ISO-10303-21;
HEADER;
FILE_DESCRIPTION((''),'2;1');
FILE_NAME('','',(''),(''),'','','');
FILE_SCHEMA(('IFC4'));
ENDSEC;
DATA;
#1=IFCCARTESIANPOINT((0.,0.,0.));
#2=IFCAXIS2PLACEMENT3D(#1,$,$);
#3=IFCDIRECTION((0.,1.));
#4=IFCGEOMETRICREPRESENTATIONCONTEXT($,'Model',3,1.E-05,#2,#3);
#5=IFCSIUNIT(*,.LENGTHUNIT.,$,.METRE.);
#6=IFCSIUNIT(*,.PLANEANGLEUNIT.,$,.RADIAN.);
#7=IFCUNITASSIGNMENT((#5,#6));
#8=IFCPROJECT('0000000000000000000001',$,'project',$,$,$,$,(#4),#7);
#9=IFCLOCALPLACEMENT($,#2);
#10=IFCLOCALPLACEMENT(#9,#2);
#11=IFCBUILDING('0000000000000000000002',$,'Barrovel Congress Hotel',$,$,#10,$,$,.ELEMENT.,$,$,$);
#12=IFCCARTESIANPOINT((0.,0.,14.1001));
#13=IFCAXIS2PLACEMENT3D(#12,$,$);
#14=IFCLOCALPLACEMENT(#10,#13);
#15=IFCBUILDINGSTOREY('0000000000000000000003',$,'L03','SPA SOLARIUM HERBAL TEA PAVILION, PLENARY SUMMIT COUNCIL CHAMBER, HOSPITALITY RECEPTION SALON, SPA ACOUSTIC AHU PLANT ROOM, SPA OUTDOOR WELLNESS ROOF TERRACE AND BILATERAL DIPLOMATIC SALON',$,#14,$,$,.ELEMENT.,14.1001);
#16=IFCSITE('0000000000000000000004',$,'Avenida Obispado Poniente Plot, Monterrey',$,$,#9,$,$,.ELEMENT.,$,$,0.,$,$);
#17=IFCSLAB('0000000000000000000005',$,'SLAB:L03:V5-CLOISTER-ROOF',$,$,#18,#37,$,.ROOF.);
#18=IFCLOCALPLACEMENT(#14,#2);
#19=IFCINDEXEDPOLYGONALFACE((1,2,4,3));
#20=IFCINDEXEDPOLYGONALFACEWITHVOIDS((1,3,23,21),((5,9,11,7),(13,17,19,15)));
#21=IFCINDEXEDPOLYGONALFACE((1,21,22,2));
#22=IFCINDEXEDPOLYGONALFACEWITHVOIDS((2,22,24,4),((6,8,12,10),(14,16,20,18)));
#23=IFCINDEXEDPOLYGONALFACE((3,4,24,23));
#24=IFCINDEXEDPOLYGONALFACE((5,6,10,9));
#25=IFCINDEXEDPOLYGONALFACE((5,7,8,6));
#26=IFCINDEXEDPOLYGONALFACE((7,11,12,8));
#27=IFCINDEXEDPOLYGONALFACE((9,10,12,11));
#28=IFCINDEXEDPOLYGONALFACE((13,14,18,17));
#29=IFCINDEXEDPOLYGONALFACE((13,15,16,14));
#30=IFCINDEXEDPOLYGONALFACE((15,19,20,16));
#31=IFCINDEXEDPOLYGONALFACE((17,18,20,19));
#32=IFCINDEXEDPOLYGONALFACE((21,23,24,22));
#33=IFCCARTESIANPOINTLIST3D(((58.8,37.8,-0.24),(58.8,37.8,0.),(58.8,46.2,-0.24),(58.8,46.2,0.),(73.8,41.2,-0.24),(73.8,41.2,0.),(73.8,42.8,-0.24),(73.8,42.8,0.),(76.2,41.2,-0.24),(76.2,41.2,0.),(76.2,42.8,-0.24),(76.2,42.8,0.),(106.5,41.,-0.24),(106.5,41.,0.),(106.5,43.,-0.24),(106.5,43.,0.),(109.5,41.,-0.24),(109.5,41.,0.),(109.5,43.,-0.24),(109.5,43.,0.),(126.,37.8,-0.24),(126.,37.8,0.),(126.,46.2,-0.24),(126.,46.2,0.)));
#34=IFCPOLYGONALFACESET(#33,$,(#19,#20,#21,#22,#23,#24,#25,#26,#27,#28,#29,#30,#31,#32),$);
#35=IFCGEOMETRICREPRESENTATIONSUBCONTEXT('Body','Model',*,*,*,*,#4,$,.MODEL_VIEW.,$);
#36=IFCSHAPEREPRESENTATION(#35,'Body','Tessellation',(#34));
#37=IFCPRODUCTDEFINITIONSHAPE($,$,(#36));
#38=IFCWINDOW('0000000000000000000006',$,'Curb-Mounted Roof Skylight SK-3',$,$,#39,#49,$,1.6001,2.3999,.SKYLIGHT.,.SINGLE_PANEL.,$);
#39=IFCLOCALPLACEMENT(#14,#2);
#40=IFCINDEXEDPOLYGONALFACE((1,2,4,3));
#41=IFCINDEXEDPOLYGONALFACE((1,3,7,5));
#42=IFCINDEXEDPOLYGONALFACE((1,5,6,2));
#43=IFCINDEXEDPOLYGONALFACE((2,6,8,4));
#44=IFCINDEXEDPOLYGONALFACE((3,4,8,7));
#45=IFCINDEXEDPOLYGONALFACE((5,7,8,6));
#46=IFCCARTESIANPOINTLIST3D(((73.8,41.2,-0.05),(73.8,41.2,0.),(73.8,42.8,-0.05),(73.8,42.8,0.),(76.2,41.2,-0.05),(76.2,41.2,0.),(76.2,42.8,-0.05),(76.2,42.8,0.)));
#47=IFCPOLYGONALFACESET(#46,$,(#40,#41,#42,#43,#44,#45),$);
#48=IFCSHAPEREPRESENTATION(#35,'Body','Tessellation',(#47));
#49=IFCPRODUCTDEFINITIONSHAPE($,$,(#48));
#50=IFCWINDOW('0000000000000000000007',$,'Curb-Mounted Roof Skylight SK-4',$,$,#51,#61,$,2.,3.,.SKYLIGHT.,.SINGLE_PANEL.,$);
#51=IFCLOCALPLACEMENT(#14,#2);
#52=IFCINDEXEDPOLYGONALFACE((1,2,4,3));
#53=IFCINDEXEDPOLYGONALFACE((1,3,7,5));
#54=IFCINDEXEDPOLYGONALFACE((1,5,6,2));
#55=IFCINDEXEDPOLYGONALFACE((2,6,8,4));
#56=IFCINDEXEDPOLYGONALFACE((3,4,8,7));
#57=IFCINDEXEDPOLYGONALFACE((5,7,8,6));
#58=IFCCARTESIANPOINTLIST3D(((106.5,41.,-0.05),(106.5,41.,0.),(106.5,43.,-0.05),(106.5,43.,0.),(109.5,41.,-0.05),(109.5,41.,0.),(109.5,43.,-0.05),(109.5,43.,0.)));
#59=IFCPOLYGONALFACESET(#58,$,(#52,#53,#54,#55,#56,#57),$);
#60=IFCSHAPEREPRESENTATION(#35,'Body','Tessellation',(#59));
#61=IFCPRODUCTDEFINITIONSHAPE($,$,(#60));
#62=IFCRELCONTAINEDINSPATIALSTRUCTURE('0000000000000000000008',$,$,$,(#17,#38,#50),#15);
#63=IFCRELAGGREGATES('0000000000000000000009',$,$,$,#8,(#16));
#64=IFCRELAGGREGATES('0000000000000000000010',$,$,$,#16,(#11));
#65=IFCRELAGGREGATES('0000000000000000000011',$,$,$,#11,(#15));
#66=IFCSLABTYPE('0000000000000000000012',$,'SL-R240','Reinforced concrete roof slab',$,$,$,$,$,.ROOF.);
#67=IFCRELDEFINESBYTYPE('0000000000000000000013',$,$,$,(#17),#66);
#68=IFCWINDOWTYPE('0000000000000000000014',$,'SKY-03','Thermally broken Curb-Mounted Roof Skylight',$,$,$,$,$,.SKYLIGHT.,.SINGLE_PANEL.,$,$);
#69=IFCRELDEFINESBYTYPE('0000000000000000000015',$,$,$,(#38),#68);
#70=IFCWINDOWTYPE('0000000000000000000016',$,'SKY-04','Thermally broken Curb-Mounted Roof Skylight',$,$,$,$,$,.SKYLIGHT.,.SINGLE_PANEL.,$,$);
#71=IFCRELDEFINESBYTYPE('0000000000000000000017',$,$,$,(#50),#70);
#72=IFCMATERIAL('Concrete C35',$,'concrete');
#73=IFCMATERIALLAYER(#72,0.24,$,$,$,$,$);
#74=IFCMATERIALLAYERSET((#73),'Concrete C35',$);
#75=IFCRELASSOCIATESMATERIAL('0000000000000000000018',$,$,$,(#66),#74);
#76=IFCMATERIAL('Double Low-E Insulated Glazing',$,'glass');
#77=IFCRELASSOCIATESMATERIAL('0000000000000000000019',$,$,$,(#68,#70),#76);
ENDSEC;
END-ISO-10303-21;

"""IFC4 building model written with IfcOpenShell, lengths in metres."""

from ifc_helpers import new_model, si_unit, direction, frame, origin, origin_2d, place, context, subcontext, project, spatial, polyline, rectangle, outline, extrude, material, layer, layer_set, type_object, element, fill, save


model = new_model("IFC4")

# Units and contexts
model_context = context("Model", 3, precision=1e-05, world=origin(), true_north=direction((0.0, 1.0)))
body_context = subcontext(model_context, "Body", "Model", "MODEL_VIEW")
ifc_project = project(units=[si_unit("LENGTHUNIT", "METRE"), si_unit("PLANEANGLEUNIT", "RADIAN")], contexts=[model_context])

# Site, building, storey
site_placement = place(None, origin())
site = spatial("IfcSite", under=ifc_project, at=site_placement, Name="Avenida Obispado Poniente Plot, Monterrey", CompositionType="ELEMENT", RefElevation=0.0)
building_placement = place(site_placement, origin())
building = spatial("IfcBuilding", under=site, at=building_placement, Name="Barrovel Congress Hotel", CompositionType="ELEMENT")
storey_placement = place(building_placement, frame((0.0, 0.0, 14.1001)))
storey = spatial("IfcBuildingStorey", under=building, at=storey_placement, Name="L03", Description="SPA SOLARIUM HERBAL TEA PAVILION, PLENARY SUMMIT COUNCIL CHAMBER, HOSPITALITY RECEPTION SALON, SPA ACOUSTIC AHU PLANT ROOM, SPA OUTDOOR WELLNESS ROOF TERRACE AND BILATERAL DIPLOMATIC SALON", CompositionType="ELEMENT", Elevation=14.1001)

# Shared definitions
ifc_material_1 = material(Name="Concrete C35", Category="concrete")

# Slab, openings, windows
ifc_layer_1 = layer(ifc_material_1, 0.24)
ifc_layer_set_1 = layer_set([ifc_layer_1], Name="Concrete C35")
slab_type_1 = type_object("IfcSlabType", Name="SL-R240", Description="Reinforced concrete roof slab", PredefinedType="ROOF", material=ifc_layer_set_1)
ifc_material_2 = material(Name="Double Low-E Insulated Glazing", Category="glass")
slab_1_placement = place(storey_placement, frame((0.0, 0.0, -0.24)))
slab_1 = element("IfcSlab", 1, at=slab_1_placement, inside=storey, type_object=slab_type_1, Name="SLAB:L03:V5-CLOISTER-ROOF", PredefinedType="ROOF", context=body_context, shape_type="SweptSolid", body=[
    extrude(outline(polyline([(58.8, 37.8), (126.0, 37.8), (126.0, 46.2), (58.8, 46.2), (58.8, 37.8)])), origin(), (0.0, 0.0, 1.0), 0.24),
])
opening_1_placement = place(slab_1_placement, frame((75.0, 42.0, -0.01)))
opening_1 = element("IfcOpeningElement", 2, at=opening_1_placement, cuts=slab_1, PredefinedType="OPENING", context=body_context, shape_type="SweptSolid", body=[
    extrude(rectangle(XDim=2.3999, YDim=1.6001, at=origin_2d()), origin(), (0.0, 0.0, 1.0), 0.26),
])
opening_2_placement = place(slab_1_placement, frame((108.0, 42.0, -0.01)))
opening_2 = element("IfcOpeningElement", 3, at=opening_2_placement, cuts=slab_1, PredefinedType="OPENING", context=body_context, shape_type="SweptSolid", body=[
    extrude(rectangle(XDim=3.0, YDim=2.0, at=origin_2d()), origin(), (0.0, 0.0, 1.0), 0.26),
])
window_type_1 = type_object("IfcWindowType", Name="SKY-03", Description="Thermally broken Curb-Mounted Roof Skylight", PartitioningType="SINGLE_PANEL", PredefinedType="SKYLIGHT", material=ifc_material_2)
window_1_placement = place(slab_1_placement, frame((75.0, 42.0, 0.1899)))
window_1 = element("IfcWindow", 4, at=window_1_placement, inside=storey, type_object=window_type_1, Name="Curb-Mounted Roof Skylight SK-3", OverallHeight=1.6001, OverallWidth=2.3999, PartitioningType="SINGLE_PANEL", PredefinedType="SKYLIGHT", context=body_context, shape_type="SweptSolid", body=[
    extrude(rectangle(XDim=2.3999, YDim=1.6001, at=origin_2d()), origin(), (0.0, 0.0, 1.0), 0.05),
])
fill(opening_1, window_1)
window_type_2 = type_object("IfcWindowType", Name="SKY-04", Description="Thermally broken Curb-Mounted Roof Skylight", PartitioningType="SINGLE_PANEL", PredefinedType="SKYLIGHT", material=ifc_material_2)
window_2_placement = place(slab_1_placement, frame((108.0, 42.0, 0.1899)))
window_2 = element("IfcWindow", 5, at=window_2_placement, inside=storey, type_object=window_type_2, Name="Curb-Mounted Roof Skylight SK-4", OverallHeight=2.0, OverallWidth=3.0, PartitioningType="SINGLE_PANEL", PredefinedType="SKYLIGHT", context=body_context, shape_type="SweptSolid", body=[
    extrude(rectangle(XDim=3.0, YDim=2.0, at=origin_2d()), origin(), (0.0, 0.0, 1.0), 0.05),
])
fill(opening_2, window_2)

save(model, "model.ifc")
